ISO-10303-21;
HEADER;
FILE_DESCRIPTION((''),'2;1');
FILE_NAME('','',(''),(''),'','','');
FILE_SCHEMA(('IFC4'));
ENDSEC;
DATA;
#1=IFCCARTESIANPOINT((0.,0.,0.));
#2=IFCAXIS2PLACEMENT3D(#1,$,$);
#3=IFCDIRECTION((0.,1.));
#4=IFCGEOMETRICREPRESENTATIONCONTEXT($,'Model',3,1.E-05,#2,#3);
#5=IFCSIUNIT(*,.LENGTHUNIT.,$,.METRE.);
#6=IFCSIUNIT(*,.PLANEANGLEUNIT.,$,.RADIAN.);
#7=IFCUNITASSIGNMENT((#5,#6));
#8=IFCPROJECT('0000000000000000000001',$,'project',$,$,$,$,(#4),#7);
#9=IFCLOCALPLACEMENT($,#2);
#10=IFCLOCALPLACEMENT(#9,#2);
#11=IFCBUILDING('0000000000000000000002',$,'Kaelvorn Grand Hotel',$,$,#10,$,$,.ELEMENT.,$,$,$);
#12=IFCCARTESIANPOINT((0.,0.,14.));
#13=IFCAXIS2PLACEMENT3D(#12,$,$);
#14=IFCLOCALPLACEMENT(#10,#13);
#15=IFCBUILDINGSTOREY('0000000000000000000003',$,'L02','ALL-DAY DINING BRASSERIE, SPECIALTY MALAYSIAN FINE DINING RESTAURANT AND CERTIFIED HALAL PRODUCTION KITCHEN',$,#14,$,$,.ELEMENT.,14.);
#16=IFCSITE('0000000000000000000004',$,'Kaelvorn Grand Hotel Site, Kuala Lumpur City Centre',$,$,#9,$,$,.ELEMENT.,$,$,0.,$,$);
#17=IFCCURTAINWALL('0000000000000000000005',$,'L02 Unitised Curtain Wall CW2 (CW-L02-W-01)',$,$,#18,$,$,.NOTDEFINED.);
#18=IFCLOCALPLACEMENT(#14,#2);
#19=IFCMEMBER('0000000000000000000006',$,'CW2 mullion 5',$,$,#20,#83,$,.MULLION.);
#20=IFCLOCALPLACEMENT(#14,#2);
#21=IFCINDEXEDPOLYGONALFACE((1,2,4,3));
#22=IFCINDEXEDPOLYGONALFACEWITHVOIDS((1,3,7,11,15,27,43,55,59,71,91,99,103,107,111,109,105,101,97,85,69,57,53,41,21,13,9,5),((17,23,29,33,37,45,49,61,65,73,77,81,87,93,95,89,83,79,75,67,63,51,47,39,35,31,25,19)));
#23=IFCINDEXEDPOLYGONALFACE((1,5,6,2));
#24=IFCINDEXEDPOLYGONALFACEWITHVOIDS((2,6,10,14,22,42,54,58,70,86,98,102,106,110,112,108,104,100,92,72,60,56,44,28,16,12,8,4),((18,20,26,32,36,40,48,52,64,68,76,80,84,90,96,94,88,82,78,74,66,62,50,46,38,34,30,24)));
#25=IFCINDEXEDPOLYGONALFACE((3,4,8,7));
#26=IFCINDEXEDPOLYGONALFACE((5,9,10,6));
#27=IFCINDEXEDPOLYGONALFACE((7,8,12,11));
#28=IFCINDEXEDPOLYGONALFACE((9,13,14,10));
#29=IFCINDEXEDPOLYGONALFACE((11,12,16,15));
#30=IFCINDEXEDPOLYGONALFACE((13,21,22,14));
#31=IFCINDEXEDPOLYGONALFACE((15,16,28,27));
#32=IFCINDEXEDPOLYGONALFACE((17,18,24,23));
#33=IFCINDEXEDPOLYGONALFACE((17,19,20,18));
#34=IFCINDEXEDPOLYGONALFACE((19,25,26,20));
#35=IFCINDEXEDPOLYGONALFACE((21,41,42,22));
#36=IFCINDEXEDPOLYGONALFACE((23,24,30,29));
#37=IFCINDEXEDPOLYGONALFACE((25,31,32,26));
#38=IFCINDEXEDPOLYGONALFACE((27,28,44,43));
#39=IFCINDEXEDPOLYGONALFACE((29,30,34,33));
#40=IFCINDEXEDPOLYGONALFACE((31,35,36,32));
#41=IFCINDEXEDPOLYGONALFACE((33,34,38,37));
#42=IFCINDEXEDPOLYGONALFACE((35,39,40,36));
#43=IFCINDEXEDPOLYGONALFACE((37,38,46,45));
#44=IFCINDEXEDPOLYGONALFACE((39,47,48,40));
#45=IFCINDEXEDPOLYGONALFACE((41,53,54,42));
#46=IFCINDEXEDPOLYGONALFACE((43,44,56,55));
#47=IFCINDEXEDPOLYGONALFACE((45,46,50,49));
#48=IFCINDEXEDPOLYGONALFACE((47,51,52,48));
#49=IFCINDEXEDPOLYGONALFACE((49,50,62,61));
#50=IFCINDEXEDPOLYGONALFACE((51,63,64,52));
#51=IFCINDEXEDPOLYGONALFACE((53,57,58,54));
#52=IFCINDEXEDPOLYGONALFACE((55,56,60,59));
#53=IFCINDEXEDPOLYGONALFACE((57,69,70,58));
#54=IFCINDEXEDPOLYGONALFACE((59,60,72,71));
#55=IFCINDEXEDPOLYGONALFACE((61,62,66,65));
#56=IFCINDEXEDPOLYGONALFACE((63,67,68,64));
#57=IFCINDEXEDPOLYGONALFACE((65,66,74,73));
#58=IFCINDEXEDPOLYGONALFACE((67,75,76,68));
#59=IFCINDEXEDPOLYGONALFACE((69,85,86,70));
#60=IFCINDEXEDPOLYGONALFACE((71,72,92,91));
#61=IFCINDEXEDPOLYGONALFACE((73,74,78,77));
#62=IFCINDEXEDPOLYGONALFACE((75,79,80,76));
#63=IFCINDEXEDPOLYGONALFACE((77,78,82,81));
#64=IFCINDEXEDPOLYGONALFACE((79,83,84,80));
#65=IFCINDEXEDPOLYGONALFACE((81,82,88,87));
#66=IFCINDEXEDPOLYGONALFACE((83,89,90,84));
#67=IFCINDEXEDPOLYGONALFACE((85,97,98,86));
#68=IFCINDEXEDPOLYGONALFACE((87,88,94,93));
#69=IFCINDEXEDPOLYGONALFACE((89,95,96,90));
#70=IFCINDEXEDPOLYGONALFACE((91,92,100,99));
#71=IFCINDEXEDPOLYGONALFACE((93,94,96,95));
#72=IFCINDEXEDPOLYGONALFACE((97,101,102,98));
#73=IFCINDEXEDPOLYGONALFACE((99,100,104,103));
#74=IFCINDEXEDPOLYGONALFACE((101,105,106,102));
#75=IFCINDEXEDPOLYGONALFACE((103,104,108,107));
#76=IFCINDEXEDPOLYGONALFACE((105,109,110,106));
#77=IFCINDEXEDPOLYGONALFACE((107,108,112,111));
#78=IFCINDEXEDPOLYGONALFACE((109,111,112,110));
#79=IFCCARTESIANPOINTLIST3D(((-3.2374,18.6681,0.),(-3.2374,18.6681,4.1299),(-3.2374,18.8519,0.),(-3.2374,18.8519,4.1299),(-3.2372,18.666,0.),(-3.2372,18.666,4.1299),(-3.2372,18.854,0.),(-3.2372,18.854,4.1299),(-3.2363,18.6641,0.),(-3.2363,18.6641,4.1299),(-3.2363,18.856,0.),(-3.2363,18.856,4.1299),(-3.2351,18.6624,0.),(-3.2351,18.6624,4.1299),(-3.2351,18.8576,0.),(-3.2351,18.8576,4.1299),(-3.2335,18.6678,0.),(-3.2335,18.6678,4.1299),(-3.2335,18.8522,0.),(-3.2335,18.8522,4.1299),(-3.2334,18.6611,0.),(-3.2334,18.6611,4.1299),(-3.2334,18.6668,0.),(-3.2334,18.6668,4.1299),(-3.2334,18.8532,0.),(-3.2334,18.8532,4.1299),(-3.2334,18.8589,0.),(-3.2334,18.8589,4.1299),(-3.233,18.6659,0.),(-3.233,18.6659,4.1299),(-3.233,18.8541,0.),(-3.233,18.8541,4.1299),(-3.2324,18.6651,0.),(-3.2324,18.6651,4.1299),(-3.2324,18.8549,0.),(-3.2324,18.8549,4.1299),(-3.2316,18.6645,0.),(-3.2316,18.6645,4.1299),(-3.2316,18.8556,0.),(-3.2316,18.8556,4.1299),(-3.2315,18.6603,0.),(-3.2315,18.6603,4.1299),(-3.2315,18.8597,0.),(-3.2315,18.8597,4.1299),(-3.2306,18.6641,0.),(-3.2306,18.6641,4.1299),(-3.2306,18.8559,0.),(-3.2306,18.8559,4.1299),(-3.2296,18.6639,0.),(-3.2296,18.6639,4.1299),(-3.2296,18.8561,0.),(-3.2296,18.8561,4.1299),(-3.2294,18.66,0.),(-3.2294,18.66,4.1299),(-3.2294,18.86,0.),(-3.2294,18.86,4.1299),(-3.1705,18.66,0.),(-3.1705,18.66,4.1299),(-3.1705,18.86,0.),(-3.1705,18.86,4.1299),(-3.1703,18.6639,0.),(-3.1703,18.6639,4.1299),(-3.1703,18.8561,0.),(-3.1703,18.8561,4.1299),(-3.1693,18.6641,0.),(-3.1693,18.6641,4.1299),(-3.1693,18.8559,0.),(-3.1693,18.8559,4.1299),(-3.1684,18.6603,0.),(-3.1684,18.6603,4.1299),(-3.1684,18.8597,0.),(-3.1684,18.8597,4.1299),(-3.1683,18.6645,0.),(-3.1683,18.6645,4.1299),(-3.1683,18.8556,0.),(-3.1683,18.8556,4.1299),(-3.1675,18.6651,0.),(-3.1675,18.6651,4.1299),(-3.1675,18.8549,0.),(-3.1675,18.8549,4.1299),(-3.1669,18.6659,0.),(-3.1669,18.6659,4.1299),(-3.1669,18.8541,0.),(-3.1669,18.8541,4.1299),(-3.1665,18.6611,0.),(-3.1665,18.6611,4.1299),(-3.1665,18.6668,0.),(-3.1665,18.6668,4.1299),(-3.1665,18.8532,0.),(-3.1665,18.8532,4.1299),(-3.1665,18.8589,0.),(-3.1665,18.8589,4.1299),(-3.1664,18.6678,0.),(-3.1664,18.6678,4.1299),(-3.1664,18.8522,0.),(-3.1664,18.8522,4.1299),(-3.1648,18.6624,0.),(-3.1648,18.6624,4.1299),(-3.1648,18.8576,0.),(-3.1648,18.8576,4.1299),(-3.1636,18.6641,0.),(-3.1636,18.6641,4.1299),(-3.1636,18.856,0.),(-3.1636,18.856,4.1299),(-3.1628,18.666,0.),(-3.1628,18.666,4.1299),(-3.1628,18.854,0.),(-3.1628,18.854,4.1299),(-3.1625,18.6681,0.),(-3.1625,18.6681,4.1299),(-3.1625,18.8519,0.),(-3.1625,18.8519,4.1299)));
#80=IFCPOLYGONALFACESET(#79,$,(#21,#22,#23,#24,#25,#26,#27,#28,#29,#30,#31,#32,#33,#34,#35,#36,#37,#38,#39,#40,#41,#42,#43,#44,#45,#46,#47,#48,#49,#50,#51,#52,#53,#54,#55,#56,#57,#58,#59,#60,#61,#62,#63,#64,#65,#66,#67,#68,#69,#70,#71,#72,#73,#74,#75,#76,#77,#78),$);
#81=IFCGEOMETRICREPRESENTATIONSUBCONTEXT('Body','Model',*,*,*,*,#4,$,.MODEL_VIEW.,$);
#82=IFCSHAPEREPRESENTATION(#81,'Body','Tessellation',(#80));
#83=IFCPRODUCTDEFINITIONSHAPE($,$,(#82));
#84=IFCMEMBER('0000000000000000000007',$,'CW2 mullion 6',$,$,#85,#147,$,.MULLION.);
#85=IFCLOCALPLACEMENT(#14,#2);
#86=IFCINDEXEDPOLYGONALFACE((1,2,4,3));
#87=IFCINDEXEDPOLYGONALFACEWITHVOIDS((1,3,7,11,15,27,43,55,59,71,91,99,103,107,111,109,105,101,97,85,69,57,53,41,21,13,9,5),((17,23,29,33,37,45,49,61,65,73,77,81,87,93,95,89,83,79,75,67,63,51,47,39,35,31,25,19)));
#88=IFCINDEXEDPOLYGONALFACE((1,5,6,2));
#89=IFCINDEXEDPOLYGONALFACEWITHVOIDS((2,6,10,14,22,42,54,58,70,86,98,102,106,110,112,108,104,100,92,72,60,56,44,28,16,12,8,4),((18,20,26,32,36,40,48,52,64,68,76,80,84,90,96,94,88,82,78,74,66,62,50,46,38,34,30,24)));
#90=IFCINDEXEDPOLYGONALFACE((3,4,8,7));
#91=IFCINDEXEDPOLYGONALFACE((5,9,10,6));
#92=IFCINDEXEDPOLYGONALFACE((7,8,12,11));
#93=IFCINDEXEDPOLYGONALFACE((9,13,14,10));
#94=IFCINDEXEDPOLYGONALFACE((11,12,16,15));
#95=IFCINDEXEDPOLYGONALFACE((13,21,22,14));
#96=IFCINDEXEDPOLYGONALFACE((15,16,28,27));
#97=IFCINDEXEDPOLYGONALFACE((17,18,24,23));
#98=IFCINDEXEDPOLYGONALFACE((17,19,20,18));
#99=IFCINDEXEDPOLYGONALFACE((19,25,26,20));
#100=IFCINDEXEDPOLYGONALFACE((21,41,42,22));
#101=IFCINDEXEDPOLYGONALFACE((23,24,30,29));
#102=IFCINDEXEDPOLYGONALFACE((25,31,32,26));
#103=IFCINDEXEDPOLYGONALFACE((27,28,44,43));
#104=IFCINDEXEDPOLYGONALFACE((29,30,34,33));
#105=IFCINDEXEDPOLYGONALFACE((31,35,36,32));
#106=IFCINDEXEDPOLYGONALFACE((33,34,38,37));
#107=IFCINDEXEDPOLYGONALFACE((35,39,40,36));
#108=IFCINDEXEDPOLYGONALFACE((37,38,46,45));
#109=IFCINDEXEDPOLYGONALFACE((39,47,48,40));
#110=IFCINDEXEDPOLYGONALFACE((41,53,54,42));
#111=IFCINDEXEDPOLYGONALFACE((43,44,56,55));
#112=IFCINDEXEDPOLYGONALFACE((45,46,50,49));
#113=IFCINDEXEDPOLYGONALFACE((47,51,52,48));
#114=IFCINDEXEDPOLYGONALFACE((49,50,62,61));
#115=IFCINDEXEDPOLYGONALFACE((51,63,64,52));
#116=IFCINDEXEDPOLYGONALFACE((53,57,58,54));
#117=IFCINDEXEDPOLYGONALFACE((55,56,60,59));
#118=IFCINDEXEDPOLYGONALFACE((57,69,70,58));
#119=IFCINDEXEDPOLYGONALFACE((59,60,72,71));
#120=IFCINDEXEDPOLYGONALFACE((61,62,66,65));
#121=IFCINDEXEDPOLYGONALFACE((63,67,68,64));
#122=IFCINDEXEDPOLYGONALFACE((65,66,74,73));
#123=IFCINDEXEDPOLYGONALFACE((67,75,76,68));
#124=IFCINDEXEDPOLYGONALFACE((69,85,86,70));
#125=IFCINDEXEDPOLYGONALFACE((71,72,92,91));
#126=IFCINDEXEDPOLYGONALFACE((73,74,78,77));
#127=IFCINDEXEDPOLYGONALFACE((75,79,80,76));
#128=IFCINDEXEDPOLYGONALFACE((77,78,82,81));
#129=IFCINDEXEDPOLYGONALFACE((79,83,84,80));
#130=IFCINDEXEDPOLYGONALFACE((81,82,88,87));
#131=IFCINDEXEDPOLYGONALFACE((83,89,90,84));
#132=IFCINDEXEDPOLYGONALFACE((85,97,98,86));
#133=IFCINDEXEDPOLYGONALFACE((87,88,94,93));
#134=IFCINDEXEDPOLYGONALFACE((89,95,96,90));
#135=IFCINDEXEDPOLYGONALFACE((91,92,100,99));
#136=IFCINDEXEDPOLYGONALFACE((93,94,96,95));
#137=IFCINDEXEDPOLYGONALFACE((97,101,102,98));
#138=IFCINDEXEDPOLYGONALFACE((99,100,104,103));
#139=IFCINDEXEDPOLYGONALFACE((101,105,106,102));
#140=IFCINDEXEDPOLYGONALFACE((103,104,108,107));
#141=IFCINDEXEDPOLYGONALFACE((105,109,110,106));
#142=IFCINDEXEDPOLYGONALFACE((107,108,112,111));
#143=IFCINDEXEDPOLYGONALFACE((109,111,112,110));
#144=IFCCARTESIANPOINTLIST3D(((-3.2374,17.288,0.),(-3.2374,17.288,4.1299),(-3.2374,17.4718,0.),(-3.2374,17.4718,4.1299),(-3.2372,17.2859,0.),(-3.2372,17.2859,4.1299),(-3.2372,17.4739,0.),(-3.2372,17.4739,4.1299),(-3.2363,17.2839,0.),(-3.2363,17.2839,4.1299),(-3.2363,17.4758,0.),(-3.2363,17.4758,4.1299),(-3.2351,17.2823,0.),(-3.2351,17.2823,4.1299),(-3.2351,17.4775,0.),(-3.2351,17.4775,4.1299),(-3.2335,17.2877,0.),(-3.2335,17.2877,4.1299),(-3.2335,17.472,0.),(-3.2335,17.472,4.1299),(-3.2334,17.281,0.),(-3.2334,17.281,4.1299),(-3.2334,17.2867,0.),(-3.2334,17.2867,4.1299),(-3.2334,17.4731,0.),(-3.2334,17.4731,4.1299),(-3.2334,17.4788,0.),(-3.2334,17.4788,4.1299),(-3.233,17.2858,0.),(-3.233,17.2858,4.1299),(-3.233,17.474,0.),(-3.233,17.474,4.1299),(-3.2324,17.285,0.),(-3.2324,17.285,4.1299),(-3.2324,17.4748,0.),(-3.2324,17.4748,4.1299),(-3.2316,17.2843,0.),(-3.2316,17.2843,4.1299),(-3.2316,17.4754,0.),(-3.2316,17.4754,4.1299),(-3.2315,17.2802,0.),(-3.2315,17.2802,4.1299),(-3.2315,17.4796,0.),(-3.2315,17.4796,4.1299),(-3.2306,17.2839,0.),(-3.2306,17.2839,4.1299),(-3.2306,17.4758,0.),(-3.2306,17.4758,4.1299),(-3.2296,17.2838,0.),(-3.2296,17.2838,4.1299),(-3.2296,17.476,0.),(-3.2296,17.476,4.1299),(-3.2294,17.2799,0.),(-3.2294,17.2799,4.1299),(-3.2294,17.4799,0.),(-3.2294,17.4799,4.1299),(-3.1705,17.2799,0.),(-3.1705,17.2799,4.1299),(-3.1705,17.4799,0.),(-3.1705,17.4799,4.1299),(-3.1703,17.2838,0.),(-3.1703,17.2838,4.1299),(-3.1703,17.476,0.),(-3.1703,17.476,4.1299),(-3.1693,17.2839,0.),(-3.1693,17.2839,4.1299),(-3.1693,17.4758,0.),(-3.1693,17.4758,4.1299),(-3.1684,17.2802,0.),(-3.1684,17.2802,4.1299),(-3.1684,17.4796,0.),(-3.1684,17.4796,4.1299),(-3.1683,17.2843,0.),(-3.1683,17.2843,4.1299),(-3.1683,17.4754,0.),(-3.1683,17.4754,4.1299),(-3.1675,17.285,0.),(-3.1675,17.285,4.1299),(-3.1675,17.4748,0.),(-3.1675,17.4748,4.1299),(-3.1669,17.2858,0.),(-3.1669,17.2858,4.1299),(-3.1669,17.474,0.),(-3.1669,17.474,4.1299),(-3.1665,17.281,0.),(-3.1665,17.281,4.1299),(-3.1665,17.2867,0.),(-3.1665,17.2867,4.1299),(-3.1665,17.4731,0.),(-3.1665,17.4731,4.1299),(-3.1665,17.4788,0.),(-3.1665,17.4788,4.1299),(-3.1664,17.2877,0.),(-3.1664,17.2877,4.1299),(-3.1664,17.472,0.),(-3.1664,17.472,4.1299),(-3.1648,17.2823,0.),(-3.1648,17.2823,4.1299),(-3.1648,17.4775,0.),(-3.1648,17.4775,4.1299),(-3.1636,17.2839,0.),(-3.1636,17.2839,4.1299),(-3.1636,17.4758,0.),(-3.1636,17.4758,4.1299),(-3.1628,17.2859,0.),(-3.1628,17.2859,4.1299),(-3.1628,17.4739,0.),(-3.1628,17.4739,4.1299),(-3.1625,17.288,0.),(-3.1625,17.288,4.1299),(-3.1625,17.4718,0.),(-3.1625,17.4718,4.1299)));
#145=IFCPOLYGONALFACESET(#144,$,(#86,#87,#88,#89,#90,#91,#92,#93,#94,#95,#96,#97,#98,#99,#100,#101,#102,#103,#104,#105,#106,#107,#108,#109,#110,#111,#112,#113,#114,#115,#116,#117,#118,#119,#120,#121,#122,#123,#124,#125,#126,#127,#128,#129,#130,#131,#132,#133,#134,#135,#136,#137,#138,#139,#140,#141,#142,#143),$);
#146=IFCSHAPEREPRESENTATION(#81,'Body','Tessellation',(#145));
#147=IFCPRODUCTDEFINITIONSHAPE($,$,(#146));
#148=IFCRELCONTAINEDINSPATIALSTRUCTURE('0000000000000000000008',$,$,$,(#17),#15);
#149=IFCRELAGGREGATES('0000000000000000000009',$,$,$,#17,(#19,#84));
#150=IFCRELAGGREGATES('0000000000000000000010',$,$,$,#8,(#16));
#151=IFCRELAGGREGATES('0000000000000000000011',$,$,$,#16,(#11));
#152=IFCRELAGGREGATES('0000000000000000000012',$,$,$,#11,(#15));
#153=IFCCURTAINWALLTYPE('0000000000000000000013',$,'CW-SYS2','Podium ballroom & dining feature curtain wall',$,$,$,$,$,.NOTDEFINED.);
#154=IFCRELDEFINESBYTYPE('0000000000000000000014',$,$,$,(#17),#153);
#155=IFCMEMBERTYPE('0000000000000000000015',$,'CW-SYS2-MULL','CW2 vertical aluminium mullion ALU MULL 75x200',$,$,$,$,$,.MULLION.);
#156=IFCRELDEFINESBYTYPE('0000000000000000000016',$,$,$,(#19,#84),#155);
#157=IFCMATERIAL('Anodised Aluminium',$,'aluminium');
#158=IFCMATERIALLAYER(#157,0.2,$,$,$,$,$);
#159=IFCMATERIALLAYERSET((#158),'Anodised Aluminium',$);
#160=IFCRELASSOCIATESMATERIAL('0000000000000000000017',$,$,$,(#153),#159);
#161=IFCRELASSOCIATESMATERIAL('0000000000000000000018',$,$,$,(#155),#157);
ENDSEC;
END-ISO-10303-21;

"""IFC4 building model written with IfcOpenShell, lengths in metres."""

from ifc_helpers import new_model, si_unit, direction, frame, origin, origin_2d, place, context, subcontext, project, spatial, hollow_rectangle, extrude, material, layer, layer_set, material_profile, profile_set, type_object, element, aggregate, save


model = new_model("IFC4")

# Units and contexts
model_context = context("Model", 3, precision=1e-05, world=origin(), true_north=direction((0.0, 1.0)))
body_context = subcontext(model_context, "Body", "Model", "MODEL_VIEW")
ifc_project = project(units=[si_unit("LENGTHUNIT", "METRE"), si_unit("PLANEANGLEUNIT", "RADIAN")], contexts=[model_context])

# Site, building, storey
site_placement = place(None, origin())
site = spatial("IfcSite", under=ifc_project, at=site_placement, Name="Kaelvorn Grand Hotel Site, Kuala Lumpur City Centre", CompositionType="ELEMENT", RefElevation=0.0)
building_placement = place(site_placement, origin())
building = spatial("IfcBuilding", under=site, at=building_placement, Name="Kaelvorn Grand Hotel", CompositionType="ELEMENT")
storey_placement = place(building_placement, frame((0.0, 0.0, 14.0)))
storey = spatial("IfcBuildingStorey", under=building, at=storey_placement, Name="L02", Description="ALL-DAY DINING BRASSERIE, SPECIALTY MALAYSIAN FINE DINING RESTAURANT AND CERTIFIED HALAL PRODUCTION KITCHEN", CompositionType="ELEMENT", Elevation=14.0)

# Curtain wall, members
ifc_material_1 = material(Name="Anodised Aluminium", Category="aluminium")
ifc_layer_1 = layer(ifc_material_1, 0.2)
ifc_layer_set_1 = layer_set([ifc_layer_1], Name="Anodised Aluminium")
curtain_wall_type = type_object("IfcCurtainWallType", Name="CW-SYS2", Description="Podium ballroom & dining feature curtain wall", PredefinedType="NOTDEFINED", material=ifc_layer_set_1)
curtain_wall_placement = place(storey_placement, origin())
curtain_wall = element("IfcCurtainWall", 1, at=curtain_wall_placement, inside=storey, type_object=curtain_wall_type, Name="L02 Unitised Curtain Wall CW2 (CW-L02-W-01)", PredefinedType="NOTDEFINED")
ifc_material_profile_1 = material_profile(ifc_material_1, hollow_rectangle(XDim=0.075, YDim=0.2, WallThickness=0.0039, InnerFilletRadius=0.0039, OuterFilletRadius=0.0081, at=origin_2d()), Name="ALU MULL 75x200")
ifc_profile_set_1 = profile_set([ifc_material_profile_1], Name="Anodised Aluminium")
member_type_1 = type_object("IfcMemberType", Name="CW-SYS2-MULL", Description="CW2 vertical aluminium mullion ALU MULL 75x200", PredefinedType="MULLION", material=ifc_profile_set_1)
member_1_placement = place(storey_placement, frame((-3.2, 18.76, 0.0), z_axis=(0.0, 0.0, 1.0), x_axis=(1.0, 0.0, 0.0)))
member_1 = element("IfcMember", 2, at=member_1_placement, type_object=member_type_1, Name="CW2 mullion 5", PredefinedType="MULLION", context=body_context, shape_type="SweptSolid", body=[
    extrude(hollow_rectangle(XDim=0.075, YDim=0.2, WallThickness=0.0039, InnerFilletRadius=0.0039, OuterFilletRadius=0.0081, at=origin_2d()), origin(), (0.0, 0.0, 1.0), 4.1299),
])
member_2_placement = place(storey_placement, frame((-3.2, 17.3799, 0.0), z_axis=(0.0, 0.0, 1.0), x_axis=(1.0, 0.0, 0.0)))
member_2 = element("IfcMember", 3, at=member_2_placement, type_object=member_type_1, Name="CW2 mullion 6", PredefinedType="MULLION", context=body_context, shape_type="SweptSolid", body=[
    extrude(hollow_rectangle(XDim=0.075, YDim=0.2, WallThickness=0.0039, InnerFilletRadius=0.0039, OuterFilletRadius=0.0081, at=origin_2d()), origin(), (0.0, 0.0, 1.0), 4.1299),
])
aggregate(curtain_wall, [member_1, member_2])

save(model, "model.ifc")
